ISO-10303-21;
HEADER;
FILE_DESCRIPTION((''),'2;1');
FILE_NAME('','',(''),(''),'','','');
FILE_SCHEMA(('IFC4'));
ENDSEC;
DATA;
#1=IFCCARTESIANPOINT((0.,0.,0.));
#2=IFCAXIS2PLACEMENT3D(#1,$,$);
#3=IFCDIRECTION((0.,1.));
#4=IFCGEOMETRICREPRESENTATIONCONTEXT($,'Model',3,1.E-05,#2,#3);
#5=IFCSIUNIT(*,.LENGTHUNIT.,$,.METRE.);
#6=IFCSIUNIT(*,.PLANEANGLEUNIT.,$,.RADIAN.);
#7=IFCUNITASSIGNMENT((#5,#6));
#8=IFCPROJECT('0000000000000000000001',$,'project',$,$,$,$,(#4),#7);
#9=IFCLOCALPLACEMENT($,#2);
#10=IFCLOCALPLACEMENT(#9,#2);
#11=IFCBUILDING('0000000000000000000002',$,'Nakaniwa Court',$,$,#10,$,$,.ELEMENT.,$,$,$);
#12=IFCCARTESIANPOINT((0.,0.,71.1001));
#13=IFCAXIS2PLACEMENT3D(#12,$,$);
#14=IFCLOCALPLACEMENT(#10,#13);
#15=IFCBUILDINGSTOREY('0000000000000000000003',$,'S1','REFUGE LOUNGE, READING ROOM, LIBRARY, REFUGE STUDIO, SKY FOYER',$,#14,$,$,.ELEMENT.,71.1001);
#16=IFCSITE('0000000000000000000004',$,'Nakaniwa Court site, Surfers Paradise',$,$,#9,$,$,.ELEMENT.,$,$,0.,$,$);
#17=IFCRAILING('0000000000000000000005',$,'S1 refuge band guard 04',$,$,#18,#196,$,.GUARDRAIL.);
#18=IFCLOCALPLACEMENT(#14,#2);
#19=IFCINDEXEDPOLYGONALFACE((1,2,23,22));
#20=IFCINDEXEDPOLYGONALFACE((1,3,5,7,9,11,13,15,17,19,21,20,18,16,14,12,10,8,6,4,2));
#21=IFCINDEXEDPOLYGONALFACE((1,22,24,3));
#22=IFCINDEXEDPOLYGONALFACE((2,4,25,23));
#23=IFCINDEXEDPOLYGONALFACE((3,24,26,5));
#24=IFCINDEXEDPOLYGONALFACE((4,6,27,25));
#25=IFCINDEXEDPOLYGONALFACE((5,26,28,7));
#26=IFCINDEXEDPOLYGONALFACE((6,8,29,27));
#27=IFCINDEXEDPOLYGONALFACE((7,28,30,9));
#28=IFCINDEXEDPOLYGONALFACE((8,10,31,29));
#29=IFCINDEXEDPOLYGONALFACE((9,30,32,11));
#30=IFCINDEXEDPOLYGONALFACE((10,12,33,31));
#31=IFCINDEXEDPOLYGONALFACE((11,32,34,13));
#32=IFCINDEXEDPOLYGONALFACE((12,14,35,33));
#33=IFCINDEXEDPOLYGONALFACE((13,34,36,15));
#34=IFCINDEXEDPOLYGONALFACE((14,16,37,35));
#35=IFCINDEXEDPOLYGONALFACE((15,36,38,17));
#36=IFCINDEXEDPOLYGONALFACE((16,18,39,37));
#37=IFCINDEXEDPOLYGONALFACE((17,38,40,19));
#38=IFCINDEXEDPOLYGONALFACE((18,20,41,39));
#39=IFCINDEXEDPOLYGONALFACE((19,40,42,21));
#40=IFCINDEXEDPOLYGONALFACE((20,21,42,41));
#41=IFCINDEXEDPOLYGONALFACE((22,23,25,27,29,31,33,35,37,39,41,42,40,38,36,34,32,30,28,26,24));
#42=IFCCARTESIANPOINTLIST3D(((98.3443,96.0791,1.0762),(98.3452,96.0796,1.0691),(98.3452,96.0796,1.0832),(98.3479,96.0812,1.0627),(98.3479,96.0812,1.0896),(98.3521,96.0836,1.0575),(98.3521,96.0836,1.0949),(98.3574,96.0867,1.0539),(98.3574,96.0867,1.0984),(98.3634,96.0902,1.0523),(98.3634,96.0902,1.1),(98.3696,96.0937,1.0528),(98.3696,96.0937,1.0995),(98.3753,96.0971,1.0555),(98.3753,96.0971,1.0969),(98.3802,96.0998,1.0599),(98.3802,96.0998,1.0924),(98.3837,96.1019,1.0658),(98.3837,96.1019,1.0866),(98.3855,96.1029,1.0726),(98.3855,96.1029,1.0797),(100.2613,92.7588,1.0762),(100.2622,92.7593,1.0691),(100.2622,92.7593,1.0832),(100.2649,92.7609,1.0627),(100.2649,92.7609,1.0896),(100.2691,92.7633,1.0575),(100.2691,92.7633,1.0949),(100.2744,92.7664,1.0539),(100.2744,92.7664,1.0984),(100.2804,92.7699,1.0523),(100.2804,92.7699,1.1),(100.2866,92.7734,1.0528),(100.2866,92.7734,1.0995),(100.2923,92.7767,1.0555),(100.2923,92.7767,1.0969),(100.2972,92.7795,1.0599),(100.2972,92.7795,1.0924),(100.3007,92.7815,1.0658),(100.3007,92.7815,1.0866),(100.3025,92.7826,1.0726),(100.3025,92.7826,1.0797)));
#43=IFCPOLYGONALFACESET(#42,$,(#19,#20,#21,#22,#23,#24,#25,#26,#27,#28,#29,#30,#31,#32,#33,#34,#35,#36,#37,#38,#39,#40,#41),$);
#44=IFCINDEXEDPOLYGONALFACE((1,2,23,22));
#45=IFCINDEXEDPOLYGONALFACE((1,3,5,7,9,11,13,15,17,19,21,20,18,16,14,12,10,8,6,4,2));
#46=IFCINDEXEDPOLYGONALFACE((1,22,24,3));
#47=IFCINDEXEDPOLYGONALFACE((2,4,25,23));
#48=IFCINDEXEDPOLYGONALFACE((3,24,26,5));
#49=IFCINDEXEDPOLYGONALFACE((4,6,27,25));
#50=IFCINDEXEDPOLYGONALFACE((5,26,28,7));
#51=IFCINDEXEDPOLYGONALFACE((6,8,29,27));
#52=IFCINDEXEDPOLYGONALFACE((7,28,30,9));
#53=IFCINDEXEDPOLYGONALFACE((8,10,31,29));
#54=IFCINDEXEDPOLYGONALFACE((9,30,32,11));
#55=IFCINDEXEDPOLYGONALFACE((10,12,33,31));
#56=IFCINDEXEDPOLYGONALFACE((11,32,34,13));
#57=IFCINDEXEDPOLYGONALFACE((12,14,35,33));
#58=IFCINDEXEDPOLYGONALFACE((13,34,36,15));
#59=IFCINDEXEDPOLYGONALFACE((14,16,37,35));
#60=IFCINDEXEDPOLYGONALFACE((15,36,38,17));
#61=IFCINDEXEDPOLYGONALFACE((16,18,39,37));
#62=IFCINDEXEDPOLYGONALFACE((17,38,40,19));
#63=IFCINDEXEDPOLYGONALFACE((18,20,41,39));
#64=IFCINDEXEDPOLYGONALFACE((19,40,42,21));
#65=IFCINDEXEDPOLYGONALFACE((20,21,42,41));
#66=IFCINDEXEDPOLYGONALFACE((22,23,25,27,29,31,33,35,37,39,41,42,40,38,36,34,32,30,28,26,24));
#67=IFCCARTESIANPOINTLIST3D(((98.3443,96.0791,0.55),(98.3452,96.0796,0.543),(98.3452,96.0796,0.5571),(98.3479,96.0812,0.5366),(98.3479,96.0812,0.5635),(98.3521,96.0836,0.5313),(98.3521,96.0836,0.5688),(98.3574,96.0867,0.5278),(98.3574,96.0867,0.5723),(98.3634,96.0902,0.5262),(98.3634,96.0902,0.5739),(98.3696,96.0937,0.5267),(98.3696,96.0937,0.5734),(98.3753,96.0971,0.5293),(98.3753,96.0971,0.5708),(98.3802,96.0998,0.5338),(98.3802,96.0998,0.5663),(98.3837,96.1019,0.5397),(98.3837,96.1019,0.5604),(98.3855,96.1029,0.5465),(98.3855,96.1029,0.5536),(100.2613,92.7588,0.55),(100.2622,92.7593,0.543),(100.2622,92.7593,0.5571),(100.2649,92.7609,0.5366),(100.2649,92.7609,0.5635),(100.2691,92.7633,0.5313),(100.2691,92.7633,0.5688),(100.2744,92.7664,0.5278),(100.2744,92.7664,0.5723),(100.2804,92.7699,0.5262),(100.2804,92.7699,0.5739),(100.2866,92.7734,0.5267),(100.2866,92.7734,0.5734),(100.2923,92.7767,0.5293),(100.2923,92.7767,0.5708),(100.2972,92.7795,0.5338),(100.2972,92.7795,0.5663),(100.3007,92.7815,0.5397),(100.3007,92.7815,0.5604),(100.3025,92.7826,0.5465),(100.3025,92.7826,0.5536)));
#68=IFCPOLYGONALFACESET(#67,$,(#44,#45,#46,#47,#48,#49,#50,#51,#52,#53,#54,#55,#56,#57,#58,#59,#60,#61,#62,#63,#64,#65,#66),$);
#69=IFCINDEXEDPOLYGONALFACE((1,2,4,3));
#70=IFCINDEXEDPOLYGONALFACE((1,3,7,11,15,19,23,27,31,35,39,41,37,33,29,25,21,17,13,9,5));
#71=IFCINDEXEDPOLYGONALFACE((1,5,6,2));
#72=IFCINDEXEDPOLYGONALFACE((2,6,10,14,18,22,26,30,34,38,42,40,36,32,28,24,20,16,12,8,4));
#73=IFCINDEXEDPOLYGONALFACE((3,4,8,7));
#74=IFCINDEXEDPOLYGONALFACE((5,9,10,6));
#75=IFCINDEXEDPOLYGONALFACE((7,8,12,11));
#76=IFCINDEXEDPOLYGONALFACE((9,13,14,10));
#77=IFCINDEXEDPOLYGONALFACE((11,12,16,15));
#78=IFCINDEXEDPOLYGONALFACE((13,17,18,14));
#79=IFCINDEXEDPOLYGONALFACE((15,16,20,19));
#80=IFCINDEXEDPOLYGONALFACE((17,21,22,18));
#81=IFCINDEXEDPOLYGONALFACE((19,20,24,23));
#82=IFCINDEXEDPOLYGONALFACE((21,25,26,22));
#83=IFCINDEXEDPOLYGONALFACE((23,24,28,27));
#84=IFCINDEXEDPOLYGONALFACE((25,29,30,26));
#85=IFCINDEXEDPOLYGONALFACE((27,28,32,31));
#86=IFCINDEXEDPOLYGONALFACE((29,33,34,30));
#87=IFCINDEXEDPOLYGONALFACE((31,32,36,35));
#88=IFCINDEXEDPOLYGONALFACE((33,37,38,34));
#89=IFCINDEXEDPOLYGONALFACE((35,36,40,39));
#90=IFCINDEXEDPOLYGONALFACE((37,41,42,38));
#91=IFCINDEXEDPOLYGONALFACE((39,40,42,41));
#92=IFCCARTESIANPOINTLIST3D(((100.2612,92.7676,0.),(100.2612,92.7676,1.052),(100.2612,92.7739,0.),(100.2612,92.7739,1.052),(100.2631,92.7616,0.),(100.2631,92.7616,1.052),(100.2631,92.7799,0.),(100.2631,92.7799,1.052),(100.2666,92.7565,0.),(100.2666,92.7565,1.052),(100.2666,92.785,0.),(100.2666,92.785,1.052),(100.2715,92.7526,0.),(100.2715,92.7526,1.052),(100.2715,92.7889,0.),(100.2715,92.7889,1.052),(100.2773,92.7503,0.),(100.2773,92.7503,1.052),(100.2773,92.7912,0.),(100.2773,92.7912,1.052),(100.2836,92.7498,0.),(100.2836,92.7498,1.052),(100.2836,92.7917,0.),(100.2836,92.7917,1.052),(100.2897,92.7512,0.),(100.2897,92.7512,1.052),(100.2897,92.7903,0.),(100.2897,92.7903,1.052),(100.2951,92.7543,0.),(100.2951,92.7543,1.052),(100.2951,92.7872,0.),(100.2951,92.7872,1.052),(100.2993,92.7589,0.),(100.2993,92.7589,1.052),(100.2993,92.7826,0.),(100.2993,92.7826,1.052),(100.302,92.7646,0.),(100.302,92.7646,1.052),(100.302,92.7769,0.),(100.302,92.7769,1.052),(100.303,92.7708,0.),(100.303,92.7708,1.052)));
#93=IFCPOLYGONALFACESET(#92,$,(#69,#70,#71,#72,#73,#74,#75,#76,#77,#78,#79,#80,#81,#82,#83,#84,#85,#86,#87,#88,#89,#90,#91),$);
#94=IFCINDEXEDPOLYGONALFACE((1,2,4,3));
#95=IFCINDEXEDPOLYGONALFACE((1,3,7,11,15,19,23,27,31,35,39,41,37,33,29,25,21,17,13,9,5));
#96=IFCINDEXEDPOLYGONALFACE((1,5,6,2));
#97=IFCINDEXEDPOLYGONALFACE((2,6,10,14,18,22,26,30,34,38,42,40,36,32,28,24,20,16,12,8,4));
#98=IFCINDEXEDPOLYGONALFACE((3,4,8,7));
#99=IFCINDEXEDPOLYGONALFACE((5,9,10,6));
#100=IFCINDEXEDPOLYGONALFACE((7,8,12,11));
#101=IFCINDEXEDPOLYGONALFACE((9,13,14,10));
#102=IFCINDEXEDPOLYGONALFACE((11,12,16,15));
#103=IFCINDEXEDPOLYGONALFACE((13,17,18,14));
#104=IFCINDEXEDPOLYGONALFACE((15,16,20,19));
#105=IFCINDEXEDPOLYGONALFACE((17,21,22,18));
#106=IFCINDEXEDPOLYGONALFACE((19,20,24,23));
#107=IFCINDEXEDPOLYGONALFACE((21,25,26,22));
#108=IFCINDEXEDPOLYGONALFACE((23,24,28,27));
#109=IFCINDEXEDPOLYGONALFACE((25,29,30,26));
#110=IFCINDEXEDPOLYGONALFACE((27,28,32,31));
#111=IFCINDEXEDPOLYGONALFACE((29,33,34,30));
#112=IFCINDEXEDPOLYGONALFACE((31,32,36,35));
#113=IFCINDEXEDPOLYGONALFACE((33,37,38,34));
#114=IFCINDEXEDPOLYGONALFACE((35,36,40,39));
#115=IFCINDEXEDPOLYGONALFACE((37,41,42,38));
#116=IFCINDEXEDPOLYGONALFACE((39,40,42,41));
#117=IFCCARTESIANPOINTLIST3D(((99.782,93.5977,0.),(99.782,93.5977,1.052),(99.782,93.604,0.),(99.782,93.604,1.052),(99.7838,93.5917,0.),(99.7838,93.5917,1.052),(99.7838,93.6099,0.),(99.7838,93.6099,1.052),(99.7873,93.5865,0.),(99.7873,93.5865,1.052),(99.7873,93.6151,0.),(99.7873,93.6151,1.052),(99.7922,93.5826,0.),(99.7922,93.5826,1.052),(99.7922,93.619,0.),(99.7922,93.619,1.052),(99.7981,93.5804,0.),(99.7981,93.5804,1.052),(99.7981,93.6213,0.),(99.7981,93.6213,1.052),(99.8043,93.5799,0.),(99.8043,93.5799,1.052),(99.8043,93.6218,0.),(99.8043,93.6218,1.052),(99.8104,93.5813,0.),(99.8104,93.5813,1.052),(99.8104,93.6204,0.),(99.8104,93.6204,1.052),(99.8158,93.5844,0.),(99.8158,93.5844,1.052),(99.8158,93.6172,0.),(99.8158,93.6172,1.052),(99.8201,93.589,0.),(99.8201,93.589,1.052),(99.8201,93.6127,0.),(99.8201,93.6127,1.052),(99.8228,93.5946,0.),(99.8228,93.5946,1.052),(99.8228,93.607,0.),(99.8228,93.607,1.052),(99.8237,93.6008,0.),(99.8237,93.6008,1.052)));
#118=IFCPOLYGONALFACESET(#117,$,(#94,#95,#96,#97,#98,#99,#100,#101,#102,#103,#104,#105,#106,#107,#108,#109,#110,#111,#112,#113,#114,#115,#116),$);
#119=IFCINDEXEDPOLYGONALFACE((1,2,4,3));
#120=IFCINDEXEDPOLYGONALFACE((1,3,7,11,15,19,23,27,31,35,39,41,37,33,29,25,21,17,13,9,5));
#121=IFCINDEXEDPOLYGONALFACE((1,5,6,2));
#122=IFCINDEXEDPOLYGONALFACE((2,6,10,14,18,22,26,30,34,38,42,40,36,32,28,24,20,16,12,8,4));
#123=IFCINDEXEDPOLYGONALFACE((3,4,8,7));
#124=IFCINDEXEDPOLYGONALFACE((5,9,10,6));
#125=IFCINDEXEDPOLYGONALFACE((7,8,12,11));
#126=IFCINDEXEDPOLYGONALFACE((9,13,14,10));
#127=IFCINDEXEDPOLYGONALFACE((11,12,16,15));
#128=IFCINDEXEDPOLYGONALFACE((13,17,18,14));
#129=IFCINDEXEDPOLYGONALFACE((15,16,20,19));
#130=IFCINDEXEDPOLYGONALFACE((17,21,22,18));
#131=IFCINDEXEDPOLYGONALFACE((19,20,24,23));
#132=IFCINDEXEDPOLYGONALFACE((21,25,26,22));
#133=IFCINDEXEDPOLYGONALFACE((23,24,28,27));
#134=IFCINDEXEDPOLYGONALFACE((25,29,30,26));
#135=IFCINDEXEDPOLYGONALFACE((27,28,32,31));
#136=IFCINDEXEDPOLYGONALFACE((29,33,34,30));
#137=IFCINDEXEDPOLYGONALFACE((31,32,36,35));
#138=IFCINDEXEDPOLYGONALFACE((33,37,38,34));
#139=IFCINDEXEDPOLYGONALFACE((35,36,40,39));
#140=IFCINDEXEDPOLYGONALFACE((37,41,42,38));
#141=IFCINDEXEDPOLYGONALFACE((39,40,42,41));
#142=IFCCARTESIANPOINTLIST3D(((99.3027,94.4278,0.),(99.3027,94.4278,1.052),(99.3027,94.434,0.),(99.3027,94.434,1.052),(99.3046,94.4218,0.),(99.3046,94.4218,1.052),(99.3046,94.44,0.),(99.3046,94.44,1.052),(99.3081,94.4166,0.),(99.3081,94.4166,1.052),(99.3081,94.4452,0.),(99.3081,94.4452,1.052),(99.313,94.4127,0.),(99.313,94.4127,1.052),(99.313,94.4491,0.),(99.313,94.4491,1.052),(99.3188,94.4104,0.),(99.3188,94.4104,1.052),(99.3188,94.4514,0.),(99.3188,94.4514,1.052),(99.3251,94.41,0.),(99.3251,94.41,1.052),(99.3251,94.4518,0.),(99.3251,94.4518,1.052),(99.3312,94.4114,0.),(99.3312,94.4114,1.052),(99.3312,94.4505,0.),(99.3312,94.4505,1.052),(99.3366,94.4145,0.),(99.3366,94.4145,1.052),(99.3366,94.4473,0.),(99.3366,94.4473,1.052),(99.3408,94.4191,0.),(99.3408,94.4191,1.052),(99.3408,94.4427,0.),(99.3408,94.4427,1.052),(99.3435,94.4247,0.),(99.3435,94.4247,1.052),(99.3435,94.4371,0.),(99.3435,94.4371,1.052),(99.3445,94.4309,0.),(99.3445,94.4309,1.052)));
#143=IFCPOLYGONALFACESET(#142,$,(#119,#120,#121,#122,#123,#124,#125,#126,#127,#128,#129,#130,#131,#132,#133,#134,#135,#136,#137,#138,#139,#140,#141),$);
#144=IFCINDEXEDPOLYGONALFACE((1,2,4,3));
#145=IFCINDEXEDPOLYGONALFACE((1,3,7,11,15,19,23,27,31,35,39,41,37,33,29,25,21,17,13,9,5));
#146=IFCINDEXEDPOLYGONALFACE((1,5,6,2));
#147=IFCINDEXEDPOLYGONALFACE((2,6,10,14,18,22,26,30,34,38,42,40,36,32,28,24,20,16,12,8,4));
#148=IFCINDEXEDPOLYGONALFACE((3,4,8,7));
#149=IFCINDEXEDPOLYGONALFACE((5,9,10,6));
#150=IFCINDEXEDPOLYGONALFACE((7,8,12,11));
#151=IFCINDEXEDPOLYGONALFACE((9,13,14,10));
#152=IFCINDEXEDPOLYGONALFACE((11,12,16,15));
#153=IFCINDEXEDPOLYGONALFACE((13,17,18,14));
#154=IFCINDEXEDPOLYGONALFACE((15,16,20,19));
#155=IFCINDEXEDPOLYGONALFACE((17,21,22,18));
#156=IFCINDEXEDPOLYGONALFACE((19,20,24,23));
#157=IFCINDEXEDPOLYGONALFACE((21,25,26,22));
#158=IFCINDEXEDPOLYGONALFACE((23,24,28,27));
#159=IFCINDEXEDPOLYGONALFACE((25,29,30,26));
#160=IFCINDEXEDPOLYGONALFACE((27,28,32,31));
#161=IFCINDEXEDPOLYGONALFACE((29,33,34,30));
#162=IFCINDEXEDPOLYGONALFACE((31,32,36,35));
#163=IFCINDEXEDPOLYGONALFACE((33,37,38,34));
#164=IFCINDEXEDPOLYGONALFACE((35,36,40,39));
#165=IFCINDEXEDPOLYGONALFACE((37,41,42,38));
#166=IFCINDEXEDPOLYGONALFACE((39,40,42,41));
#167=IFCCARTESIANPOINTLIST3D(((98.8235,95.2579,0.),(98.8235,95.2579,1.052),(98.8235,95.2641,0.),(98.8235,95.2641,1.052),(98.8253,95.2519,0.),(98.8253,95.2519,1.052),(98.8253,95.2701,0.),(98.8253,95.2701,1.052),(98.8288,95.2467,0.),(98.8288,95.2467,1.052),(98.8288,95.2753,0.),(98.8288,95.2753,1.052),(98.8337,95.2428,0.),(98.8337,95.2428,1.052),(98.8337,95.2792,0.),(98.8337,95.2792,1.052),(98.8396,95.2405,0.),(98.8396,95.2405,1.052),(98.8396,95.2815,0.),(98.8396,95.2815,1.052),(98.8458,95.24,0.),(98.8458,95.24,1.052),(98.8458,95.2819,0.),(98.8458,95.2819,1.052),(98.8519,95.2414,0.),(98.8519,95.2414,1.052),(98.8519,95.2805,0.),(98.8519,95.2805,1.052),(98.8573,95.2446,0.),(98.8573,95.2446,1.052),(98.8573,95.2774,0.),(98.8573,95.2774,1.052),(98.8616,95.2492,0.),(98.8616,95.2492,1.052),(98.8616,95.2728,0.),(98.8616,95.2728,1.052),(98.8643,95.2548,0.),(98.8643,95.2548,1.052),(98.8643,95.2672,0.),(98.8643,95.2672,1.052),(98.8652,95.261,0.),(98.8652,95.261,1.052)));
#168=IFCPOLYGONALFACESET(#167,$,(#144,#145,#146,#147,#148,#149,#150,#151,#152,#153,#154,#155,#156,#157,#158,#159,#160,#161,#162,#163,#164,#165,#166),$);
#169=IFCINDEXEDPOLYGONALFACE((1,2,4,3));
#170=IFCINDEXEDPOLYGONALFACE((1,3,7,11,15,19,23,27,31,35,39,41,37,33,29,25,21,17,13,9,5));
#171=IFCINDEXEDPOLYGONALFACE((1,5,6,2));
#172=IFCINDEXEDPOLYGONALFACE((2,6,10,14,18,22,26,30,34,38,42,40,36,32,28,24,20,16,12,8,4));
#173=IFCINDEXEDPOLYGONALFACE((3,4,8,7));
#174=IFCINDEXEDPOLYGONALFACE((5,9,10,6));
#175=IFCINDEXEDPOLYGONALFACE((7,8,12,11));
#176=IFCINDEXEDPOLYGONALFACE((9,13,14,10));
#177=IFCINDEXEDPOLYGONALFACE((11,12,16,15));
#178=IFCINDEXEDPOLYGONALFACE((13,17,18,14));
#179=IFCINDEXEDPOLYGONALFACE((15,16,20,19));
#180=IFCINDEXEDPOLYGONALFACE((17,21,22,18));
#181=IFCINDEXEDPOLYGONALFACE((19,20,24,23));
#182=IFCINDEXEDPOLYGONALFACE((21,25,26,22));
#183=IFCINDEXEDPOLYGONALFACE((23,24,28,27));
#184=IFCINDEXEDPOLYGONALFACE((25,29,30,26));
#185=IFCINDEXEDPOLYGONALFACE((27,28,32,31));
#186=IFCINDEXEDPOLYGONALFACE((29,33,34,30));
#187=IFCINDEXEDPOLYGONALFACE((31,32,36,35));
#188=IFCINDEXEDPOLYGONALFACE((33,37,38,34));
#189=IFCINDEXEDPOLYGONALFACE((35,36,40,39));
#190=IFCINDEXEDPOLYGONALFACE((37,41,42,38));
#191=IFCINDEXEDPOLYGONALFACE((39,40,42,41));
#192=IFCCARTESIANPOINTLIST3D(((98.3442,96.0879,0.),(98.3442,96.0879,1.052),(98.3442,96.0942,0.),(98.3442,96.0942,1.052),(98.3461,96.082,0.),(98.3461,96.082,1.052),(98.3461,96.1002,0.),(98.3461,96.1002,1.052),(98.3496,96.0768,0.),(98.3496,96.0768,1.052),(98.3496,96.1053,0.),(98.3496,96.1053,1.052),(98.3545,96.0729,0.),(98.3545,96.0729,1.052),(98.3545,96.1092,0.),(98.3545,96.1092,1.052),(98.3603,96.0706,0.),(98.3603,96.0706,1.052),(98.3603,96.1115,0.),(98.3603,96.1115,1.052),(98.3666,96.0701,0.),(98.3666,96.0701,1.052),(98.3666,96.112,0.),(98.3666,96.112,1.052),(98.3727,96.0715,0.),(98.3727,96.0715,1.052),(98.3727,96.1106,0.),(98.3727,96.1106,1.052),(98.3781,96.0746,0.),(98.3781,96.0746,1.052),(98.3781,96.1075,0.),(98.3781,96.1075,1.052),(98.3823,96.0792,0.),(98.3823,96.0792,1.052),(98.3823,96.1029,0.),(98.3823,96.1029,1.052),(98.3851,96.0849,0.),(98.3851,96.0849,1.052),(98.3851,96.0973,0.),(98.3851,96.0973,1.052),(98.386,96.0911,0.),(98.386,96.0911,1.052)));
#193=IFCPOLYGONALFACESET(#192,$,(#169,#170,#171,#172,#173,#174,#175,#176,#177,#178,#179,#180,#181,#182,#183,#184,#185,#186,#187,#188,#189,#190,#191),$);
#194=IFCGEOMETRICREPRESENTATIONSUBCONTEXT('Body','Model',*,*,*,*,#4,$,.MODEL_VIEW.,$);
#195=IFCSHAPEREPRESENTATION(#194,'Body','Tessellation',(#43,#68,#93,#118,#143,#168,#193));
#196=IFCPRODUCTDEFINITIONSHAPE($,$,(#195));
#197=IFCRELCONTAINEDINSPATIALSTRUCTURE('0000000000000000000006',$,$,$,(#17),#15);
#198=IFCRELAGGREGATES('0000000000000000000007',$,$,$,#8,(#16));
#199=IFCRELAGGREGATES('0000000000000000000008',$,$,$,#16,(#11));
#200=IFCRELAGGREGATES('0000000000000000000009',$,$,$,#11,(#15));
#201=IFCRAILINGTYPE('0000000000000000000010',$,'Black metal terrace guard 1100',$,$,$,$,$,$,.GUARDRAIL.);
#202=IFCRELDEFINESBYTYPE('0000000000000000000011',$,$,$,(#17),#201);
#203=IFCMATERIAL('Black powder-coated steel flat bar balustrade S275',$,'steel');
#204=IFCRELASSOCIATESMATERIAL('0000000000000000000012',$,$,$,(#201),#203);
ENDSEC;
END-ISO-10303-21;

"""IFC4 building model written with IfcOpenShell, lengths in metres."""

from ifc_helpers import new_model, si_unit, direction, frame, origin, origin_2d, place, context, subcontext, project, spatial, circle, extrude, material, type_object, element, save


model = new_model("IFC4")

# Units and contexts
model_context = context("Model", 3, precision=1e-05, world=origin(), true_north=direction((0.0, 1.0)))
body_context = subcontext(model_context, "Body", "Model", "MODEL_VIEW")
ifc_project = project(units=[si_unit("LENGTHUNIT", "METRE"), si_unit("PLANEANGLEUNIT", "RADIAN")], contexts=[model_context])

# Site, building, storey
site_placement = place(None, origin())
site = spatial("IfcSite", under=ifc_project, at=site_placement, Name="Nakaniwa Court site, Surfers Paradise", CompositionType="ELEMENT", RefElevation=0.0)
building_placement = place(site_placement, origin())
building = spatial("IfcBuilding", under=site, at=building_placement, Name="Nakaniwa Court", CompositionType="ELEMENT")
storey_placement = place(building_placement, frame((0.0, 0.0, 71.1001)))
storey = spatial("IfcBuildingStorey", under=building, at=storey_placement, Name="S1", Description="REFUGE LOUNGE, READING ROOM, LIBRARY, REFUGE STUDIO, SKY FOYER", CompositionType="ELEMENT", Elevation=71.1001)

# Railing
ifc_material_1 = material(Name="Black powder-coated steel flat bar balustrade S275", Category="steel")
railing_type = type_object("IfcRailingType", Name="Black metal terrace guard 1100", PredefinedType="GUARDRAIL", material=ifc_material_1)
railing_1_placement = place(storey_placement, frame((100.282, 92.7708, 0.0)))
element("IfcRailing", 1, at=railing_1_placement, inside=storey, type_object=railing_type, Name="S1 refuge band guard 04", PredefinedType="GUARDRAIL", context=body_context, shape_type="SweptSolid", body=[
    extrude(circle(Radius=0.0239, at=origin_2d()), frame((0.0, 0.0, 1.0762), z_axis=(-0.500002, 0.866024, 0.0), x_axis=(-0.866024, -0.500002, 0.0)), (0.0, 0.0, 1.0), 3.834),
    extrude(circle(Radius=0.0239, at=origin_2d()), frame((0.0, 0.0, 0.55), z_axis=(-0.500002, 0.866024, 0.0), x_axis=(-0.866024, -0.500002, 0.0)), (0.0, 0.0, 1.0), 3.834),
    extrude(circle(Radius=0.021, at=origin_2d()), origin(), (0.0, 0.0, 1.0), 1.052),
    extrude(circle(Radius=0.021, at=origin_2d()), frame((-0.4792, 0.8301, 0.0)), (0.0, 0.0, 1.0), 1.052),
    extrude(circle(Radius=0.021, at=origin_2d()), frame((-0.9585, 1.6602, 0.0)), (0.0, 0.0, 1.0), 1.052),
    extrude(circle(Radius=0.021, at=origin_2d()), frame((-1.4377, 2.4902, 0.0)), (0.0, 0.0, 1.0), 1.052),
    extrude(circle(Radius=0.021, at=origin_2d()), frame((-1.917, 3.3203, 0.0)), (0.0, 0.0, 1.0), 1.052),
])

save(model, "model.ifc")
